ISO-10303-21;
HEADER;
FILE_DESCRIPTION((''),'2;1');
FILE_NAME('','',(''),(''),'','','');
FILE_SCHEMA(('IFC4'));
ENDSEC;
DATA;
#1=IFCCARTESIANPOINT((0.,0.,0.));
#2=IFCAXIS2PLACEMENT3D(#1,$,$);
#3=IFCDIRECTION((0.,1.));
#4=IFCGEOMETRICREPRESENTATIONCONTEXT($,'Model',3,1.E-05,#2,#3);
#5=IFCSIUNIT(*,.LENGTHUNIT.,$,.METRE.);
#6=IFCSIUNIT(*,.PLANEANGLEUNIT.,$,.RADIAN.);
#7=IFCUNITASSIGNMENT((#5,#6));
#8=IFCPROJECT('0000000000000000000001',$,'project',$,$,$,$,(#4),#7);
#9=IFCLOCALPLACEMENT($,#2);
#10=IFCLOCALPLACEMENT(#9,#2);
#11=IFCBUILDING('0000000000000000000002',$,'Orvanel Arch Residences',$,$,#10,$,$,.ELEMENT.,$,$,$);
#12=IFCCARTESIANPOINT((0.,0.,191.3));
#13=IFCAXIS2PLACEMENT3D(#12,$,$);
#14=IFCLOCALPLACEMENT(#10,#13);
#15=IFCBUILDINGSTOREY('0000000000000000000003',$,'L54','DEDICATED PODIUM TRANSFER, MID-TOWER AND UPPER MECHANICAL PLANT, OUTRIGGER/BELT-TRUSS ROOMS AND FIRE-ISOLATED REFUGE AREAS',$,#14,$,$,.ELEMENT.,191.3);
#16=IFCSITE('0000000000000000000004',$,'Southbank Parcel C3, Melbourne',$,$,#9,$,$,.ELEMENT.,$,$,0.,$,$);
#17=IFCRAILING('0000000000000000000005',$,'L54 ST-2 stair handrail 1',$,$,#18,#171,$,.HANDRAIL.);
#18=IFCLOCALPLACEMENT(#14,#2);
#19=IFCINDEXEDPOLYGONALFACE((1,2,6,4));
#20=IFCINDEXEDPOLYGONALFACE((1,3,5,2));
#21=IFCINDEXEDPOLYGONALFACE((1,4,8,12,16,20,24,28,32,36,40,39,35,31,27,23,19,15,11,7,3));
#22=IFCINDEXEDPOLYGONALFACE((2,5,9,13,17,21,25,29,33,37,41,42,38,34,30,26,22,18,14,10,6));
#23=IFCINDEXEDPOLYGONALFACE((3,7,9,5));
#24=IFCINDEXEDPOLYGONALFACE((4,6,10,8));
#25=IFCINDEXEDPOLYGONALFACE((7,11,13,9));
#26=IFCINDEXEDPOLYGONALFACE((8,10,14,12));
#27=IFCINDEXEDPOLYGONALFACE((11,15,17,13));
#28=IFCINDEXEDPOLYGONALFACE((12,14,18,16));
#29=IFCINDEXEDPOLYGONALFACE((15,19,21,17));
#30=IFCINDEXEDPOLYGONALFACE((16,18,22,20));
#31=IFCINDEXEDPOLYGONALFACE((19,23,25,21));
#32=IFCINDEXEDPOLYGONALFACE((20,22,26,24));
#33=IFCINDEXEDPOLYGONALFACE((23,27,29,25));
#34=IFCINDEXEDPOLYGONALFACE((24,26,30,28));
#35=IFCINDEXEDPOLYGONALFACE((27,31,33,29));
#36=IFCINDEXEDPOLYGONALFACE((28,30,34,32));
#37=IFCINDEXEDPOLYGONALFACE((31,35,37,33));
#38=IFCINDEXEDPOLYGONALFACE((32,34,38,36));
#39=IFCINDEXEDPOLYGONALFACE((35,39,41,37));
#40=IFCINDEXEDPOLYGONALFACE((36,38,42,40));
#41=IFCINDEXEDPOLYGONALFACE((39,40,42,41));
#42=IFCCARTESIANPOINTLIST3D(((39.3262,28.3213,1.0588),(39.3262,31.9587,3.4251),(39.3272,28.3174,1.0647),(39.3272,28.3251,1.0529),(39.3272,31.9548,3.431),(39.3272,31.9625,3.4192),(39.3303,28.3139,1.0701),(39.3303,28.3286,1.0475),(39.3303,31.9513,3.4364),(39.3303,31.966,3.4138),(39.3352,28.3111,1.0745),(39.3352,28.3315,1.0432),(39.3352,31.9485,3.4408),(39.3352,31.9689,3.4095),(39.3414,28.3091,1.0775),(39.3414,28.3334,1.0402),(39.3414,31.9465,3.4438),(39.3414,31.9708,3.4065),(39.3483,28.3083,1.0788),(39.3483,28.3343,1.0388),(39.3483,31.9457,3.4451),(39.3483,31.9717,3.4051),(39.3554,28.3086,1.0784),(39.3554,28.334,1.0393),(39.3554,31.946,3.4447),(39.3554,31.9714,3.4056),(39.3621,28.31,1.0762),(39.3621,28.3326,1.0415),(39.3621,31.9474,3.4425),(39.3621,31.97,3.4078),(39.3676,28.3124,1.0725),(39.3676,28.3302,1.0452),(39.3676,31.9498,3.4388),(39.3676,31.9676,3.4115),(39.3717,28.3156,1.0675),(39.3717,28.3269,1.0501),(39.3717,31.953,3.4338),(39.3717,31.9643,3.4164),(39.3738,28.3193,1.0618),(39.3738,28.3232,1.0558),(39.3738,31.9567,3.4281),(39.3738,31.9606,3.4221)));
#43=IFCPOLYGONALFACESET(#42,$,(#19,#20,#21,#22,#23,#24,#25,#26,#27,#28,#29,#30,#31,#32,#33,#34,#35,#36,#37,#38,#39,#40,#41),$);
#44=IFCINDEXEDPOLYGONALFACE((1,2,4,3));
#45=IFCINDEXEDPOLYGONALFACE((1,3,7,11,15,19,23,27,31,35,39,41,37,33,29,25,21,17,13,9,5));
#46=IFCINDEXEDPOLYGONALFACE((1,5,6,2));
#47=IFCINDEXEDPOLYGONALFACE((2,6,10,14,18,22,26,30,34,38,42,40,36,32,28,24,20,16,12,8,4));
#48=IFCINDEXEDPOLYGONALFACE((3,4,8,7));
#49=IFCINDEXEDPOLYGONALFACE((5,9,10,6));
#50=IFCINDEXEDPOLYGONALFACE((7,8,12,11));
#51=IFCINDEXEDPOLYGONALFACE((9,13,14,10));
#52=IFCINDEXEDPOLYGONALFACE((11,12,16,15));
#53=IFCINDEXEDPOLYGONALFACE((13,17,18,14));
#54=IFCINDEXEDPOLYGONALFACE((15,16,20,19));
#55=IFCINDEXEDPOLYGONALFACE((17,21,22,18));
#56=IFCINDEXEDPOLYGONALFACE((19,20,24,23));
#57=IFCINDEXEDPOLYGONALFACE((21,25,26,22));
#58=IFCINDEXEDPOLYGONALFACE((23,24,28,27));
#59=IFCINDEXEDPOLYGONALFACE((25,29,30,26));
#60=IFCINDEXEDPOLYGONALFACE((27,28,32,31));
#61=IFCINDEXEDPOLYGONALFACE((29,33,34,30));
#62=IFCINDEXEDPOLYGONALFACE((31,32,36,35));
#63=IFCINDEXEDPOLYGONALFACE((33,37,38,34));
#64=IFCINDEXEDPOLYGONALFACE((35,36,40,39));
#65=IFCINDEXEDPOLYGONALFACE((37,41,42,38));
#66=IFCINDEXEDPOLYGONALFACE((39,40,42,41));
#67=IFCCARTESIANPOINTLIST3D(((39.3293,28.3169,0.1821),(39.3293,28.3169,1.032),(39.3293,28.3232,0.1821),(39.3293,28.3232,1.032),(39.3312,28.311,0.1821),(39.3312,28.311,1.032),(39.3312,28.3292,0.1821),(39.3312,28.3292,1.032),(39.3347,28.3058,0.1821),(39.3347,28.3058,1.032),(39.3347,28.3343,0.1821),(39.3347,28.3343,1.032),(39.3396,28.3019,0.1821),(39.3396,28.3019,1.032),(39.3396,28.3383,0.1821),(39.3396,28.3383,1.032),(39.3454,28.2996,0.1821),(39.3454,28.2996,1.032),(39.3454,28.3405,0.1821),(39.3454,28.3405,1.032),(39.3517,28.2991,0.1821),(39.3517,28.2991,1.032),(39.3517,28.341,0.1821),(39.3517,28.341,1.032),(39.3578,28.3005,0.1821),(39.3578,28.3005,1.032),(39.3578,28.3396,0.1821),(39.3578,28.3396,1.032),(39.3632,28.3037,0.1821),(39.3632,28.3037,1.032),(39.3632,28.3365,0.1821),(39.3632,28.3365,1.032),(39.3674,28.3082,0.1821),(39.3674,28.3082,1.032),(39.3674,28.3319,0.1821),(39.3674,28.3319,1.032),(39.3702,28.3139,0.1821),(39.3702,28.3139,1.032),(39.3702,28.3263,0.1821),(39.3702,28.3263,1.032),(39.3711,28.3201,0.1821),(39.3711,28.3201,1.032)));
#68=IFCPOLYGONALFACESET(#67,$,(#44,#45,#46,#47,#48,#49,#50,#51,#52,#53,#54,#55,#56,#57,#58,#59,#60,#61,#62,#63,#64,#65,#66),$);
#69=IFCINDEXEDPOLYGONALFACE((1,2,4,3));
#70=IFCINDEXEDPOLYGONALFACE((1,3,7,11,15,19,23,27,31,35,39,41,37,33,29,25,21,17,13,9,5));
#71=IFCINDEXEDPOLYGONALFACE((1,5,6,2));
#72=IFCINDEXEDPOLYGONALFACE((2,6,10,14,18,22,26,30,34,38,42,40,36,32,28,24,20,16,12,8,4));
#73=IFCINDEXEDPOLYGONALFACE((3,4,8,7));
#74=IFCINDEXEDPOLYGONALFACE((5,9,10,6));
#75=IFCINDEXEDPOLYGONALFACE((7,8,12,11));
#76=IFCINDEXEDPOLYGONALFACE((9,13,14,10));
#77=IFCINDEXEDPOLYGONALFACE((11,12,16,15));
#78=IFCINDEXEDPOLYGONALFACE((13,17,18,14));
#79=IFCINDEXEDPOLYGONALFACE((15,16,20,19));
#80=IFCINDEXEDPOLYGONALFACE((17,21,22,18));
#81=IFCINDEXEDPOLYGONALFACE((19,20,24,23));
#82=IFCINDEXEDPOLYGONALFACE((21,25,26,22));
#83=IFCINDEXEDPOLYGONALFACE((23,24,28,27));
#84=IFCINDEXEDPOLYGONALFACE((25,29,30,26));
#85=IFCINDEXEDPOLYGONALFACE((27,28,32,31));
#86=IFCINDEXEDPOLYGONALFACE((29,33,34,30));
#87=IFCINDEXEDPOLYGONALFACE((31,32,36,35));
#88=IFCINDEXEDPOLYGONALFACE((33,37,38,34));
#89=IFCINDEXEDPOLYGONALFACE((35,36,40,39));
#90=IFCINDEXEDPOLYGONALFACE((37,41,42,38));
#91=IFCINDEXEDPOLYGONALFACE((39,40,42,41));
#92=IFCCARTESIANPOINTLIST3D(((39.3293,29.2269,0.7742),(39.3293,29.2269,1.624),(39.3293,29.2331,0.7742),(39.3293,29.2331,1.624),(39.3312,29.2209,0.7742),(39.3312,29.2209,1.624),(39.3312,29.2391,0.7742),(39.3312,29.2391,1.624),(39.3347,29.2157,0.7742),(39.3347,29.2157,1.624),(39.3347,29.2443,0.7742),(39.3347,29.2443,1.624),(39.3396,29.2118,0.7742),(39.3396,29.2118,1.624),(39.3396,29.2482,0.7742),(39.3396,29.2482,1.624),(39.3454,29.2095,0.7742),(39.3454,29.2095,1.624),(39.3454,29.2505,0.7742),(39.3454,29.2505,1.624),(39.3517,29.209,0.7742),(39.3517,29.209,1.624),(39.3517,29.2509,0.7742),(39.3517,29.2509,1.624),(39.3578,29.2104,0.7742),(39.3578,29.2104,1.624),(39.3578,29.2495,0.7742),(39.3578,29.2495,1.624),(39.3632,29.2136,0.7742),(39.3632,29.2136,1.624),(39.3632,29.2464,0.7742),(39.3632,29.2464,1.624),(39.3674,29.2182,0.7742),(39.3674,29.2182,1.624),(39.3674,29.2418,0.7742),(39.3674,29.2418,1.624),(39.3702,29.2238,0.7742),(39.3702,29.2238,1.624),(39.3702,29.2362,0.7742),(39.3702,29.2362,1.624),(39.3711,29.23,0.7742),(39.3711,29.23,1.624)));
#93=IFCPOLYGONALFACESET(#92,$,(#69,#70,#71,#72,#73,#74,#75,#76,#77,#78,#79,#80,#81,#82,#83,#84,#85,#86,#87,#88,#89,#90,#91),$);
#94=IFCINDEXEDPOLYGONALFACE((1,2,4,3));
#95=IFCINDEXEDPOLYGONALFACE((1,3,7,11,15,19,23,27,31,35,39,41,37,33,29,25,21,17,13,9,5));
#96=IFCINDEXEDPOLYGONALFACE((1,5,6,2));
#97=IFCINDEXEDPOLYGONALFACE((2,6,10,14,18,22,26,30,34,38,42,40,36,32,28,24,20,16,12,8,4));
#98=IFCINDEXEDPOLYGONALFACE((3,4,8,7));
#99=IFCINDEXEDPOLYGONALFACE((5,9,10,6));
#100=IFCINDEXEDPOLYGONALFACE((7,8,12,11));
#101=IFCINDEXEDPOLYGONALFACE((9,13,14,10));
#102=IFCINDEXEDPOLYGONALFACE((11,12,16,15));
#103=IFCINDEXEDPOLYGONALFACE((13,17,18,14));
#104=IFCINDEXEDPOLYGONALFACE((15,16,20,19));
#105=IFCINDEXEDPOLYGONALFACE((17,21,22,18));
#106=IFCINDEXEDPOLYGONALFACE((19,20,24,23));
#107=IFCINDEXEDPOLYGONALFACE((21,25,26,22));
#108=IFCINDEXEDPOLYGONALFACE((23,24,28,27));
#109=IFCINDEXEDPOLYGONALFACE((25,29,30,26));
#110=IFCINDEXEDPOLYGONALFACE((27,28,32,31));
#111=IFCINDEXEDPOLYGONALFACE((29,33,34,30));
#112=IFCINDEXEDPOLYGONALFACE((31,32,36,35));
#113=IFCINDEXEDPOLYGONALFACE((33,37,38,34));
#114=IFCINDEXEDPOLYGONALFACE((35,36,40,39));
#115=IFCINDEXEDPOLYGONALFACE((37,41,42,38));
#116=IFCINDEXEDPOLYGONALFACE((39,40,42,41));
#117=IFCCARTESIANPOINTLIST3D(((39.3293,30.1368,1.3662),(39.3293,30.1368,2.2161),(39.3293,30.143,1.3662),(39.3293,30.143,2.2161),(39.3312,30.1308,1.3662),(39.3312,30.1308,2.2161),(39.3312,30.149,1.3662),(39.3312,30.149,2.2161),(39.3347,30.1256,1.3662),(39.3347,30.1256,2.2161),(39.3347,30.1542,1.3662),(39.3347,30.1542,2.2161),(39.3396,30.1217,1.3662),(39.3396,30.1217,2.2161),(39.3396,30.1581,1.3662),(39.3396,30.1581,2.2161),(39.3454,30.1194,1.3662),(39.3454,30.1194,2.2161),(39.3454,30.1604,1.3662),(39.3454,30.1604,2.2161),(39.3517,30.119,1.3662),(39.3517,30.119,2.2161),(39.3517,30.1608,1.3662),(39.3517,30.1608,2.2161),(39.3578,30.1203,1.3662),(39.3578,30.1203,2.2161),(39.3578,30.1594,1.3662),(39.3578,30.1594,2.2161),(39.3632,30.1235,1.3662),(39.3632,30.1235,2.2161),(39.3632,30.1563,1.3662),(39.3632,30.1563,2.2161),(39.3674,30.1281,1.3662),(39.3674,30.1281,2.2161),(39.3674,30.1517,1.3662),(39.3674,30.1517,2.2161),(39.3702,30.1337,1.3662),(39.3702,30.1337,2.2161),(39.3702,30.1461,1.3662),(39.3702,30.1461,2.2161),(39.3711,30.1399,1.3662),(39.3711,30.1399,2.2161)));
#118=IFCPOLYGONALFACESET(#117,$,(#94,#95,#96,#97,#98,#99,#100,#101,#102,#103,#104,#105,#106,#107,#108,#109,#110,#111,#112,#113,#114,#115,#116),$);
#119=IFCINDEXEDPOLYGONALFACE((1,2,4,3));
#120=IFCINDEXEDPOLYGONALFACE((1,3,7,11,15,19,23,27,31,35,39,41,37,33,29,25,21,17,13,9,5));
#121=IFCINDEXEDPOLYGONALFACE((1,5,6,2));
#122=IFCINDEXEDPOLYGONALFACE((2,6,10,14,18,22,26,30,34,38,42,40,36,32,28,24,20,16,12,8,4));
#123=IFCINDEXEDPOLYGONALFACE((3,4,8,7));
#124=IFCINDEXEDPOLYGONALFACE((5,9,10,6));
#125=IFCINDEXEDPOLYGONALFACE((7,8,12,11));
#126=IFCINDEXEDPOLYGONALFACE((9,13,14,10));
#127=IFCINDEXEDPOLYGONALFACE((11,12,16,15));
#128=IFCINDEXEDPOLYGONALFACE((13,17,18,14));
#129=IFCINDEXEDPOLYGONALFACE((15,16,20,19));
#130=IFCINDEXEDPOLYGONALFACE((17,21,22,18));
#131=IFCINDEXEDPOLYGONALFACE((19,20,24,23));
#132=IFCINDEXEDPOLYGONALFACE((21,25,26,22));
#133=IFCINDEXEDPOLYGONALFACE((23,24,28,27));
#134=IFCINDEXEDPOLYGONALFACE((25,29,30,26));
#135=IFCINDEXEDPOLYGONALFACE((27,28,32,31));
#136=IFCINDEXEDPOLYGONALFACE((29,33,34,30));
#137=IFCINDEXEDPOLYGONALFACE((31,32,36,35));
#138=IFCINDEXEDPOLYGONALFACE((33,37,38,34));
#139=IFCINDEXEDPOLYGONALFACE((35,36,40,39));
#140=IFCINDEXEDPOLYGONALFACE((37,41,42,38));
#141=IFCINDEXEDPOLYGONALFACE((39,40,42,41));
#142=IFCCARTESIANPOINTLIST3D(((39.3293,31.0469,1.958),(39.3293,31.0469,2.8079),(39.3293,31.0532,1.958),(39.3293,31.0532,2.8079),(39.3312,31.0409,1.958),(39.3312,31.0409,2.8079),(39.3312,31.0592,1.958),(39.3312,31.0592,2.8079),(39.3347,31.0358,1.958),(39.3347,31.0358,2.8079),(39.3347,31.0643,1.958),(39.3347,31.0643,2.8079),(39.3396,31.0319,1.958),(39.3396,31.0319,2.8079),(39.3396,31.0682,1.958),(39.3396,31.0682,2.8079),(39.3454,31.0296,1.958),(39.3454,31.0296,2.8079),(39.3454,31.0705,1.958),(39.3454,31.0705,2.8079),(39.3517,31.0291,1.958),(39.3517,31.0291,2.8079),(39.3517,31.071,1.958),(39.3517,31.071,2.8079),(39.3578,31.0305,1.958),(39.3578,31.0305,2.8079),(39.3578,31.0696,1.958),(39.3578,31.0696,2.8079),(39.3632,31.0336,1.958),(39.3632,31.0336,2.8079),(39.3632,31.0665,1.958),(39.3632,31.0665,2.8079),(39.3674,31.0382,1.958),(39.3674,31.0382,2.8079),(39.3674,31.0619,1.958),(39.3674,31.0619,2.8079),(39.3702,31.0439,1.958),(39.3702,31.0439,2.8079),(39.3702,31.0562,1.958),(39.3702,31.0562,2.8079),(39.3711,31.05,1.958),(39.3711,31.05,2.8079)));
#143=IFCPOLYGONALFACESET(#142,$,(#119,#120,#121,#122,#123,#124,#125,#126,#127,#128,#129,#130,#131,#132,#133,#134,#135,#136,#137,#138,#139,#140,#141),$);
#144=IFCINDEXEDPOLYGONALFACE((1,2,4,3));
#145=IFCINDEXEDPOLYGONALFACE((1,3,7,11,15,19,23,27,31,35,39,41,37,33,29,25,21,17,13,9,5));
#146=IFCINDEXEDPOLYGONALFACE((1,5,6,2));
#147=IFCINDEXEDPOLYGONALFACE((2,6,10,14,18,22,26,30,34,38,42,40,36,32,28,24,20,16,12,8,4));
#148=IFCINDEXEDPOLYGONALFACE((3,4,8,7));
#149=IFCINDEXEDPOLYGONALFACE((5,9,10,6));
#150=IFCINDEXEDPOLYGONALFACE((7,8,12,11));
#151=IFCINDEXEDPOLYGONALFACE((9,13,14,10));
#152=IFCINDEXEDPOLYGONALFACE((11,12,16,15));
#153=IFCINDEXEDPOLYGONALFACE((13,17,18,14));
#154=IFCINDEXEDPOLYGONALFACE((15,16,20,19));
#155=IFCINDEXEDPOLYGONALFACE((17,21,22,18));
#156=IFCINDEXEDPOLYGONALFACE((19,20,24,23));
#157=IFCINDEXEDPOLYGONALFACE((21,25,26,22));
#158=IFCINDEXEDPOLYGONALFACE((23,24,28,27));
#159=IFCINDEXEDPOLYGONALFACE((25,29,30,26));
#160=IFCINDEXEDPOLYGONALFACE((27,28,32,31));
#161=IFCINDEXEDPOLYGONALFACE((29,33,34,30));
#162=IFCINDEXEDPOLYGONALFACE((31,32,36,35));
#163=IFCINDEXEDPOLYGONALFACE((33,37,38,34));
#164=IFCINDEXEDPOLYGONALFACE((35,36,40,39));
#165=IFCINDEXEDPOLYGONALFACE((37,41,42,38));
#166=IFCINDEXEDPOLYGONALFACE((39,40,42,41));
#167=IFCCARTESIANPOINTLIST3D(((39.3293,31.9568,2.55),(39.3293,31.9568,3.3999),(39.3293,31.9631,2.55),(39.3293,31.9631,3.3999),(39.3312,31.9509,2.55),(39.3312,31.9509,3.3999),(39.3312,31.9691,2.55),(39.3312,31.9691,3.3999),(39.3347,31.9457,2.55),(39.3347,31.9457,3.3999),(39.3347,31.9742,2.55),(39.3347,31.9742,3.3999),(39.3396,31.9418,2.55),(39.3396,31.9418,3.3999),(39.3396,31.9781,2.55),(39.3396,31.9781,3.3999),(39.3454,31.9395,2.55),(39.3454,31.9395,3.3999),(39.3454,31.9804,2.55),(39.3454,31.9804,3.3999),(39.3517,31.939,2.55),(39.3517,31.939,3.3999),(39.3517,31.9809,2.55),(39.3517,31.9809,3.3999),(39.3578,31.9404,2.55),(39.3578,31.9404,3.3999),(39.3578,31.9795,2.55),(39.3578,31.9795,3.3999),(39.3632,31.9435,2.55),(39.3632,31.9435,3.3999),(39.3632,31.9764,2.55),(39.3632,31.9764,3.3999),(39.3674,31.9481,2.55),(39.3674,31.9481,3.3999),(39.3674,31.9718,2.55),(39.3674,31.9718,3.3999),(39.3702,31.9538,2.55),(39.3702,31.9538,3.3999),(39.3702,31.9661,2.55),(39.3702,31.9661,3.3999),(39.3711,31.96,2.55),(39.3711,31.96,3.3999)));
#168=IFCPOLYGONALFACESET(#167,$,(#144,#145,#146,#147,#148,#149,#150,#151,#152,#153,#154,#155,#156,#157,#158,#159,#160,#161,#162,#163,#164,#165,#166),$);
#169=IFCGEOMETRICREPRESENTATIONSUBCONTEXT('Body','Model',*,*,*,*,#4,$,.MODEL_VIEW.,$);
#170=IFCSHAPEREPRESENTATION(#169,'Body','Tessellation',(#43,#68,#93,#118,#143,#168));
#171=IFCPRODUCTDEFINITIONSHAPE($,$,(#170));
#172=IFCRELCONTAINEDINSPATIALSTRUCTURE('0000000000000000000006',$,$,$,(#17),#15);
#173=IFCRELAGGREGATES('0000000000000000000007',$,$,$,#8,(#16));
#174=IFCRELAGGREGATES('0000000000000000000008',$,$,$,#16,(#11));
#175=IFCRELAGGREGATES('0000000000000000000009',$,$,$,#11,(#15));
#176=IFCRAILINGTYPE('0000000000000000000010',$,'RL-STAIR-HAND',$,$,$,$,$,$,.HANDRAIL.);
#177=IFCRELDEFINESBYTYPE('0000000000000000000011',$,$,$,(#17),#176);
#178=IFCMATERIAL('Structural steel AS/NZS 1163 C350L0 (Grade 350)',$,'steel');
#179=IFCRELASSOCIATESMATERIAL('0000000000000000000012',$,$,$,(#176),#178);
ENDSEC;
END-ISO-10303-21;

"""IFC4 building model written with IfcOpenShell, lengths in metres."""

from ifc_helpers import new_model, si_unit, direction, frame, origin, origin_2d, place, context, subcontext, project, spatial, circle, extrude, material, type_object, element, save


model = new_model("IFC4")

# Units and contexts
model_context = context("Model", 3, precision=1e-05, world=origin(), true_north=direction((0.0, 1.0)))
body_context = subcontext(model_context, "Body", "Model", "MODEL_VIEW")
ifc_project = project(units=[si_unit("LENGTHUNIT", "METRE"), si_unit("PLANEANGLEUNIT", "RADIAN")], contexts=[model_context])

# Site, building, storey
site_placement = place(None, origin())
site = spatial("IfcSite", under=ifc_project, at=site_placement, Name="Southbank Parcel C3, Melbourne", CompositionType="ELEMENT", RefElevation=0.0)
building_placement = place(site_placement, origin())
building = spatial("IfcBuilding", under=site, at=building_placement, Name="Orvanel Arch Residences", CompositionType="ELEMENT")
storey_placement = place(building_placement, frame((0.0, 0.0, 191.3)))
storey = spatial("IfcBuildingStorey", under=building, at=storey_placement, Name="L54", Description="DEDICATED PODIUM TRANSFER, MID-TOWER AND UPPER MECHANICAL PLANT, OUTRIGGER/BELT-TRUSS ROOMS AND FIRE-ISOLATED REFUGE AREAS", CompositionType="ELEMENT", Elevation=191.3)

# Railing
ifc_material_1 = material(Name="Structural steel AS/NZS 1163 C350L0 (Grade 350)", Category="steel")
railing_type_1 = type_object("IfcRailingType", Name="RL-STAIR-HAND", PredefinedType="HANDRAIL", material=ifc_material_1)
railing_1_placement = place(storey_placement, frame((39.3501, 28.3201, 0.1821)))
element("IfcRailing", 1, at=railing_1_placement, inside=storey, type_object=railing_type_1, Name="L54 ST-2 stair handrail 1", PredefinedType="HANDRAIL", context=body_context, shape_type="SweptSolid", body=[
    extrude(circle(Radius=0.0239, at=origin_2d()), frame((0.0, 0.0012, 0.8767), z_axis=(0.0, 0.838234, 0.54531), x_axis=(-1.0, 0.0, 0.0)), (0.0, 0.0, 1.0), 4.3394),
    extrude(circle(Radius=0.021, at=origin_2d()), origin(), (0.0, 0.0, 1.0), 0.8499),
    extrude(circle(Radius=0.021, at=origin_2d()), frame((0.0, 0.9099, 0.592)), (0.0, 0.0, 1.0), 0.8499),
    extrude(circle(Radius=0.021, at=origin_2d()), frame((0.0, 1.8198, 1.1841)), (0.0, 0.0, 1.0), 0.8499),
    extrude(circle(Radius=0.021, at=origin_2d()), frame((0.0, 2.73, 1.7759)), (0.0, 0.0, 1.0), 0.8499),
    extrude(circle(Radius=0.021, at=origin_2d()), frame((0.0, 3.6399, 2.3679)), (0.0, 0.0, 1.0), 0.8499),
])

save(model, "model.ifc")
